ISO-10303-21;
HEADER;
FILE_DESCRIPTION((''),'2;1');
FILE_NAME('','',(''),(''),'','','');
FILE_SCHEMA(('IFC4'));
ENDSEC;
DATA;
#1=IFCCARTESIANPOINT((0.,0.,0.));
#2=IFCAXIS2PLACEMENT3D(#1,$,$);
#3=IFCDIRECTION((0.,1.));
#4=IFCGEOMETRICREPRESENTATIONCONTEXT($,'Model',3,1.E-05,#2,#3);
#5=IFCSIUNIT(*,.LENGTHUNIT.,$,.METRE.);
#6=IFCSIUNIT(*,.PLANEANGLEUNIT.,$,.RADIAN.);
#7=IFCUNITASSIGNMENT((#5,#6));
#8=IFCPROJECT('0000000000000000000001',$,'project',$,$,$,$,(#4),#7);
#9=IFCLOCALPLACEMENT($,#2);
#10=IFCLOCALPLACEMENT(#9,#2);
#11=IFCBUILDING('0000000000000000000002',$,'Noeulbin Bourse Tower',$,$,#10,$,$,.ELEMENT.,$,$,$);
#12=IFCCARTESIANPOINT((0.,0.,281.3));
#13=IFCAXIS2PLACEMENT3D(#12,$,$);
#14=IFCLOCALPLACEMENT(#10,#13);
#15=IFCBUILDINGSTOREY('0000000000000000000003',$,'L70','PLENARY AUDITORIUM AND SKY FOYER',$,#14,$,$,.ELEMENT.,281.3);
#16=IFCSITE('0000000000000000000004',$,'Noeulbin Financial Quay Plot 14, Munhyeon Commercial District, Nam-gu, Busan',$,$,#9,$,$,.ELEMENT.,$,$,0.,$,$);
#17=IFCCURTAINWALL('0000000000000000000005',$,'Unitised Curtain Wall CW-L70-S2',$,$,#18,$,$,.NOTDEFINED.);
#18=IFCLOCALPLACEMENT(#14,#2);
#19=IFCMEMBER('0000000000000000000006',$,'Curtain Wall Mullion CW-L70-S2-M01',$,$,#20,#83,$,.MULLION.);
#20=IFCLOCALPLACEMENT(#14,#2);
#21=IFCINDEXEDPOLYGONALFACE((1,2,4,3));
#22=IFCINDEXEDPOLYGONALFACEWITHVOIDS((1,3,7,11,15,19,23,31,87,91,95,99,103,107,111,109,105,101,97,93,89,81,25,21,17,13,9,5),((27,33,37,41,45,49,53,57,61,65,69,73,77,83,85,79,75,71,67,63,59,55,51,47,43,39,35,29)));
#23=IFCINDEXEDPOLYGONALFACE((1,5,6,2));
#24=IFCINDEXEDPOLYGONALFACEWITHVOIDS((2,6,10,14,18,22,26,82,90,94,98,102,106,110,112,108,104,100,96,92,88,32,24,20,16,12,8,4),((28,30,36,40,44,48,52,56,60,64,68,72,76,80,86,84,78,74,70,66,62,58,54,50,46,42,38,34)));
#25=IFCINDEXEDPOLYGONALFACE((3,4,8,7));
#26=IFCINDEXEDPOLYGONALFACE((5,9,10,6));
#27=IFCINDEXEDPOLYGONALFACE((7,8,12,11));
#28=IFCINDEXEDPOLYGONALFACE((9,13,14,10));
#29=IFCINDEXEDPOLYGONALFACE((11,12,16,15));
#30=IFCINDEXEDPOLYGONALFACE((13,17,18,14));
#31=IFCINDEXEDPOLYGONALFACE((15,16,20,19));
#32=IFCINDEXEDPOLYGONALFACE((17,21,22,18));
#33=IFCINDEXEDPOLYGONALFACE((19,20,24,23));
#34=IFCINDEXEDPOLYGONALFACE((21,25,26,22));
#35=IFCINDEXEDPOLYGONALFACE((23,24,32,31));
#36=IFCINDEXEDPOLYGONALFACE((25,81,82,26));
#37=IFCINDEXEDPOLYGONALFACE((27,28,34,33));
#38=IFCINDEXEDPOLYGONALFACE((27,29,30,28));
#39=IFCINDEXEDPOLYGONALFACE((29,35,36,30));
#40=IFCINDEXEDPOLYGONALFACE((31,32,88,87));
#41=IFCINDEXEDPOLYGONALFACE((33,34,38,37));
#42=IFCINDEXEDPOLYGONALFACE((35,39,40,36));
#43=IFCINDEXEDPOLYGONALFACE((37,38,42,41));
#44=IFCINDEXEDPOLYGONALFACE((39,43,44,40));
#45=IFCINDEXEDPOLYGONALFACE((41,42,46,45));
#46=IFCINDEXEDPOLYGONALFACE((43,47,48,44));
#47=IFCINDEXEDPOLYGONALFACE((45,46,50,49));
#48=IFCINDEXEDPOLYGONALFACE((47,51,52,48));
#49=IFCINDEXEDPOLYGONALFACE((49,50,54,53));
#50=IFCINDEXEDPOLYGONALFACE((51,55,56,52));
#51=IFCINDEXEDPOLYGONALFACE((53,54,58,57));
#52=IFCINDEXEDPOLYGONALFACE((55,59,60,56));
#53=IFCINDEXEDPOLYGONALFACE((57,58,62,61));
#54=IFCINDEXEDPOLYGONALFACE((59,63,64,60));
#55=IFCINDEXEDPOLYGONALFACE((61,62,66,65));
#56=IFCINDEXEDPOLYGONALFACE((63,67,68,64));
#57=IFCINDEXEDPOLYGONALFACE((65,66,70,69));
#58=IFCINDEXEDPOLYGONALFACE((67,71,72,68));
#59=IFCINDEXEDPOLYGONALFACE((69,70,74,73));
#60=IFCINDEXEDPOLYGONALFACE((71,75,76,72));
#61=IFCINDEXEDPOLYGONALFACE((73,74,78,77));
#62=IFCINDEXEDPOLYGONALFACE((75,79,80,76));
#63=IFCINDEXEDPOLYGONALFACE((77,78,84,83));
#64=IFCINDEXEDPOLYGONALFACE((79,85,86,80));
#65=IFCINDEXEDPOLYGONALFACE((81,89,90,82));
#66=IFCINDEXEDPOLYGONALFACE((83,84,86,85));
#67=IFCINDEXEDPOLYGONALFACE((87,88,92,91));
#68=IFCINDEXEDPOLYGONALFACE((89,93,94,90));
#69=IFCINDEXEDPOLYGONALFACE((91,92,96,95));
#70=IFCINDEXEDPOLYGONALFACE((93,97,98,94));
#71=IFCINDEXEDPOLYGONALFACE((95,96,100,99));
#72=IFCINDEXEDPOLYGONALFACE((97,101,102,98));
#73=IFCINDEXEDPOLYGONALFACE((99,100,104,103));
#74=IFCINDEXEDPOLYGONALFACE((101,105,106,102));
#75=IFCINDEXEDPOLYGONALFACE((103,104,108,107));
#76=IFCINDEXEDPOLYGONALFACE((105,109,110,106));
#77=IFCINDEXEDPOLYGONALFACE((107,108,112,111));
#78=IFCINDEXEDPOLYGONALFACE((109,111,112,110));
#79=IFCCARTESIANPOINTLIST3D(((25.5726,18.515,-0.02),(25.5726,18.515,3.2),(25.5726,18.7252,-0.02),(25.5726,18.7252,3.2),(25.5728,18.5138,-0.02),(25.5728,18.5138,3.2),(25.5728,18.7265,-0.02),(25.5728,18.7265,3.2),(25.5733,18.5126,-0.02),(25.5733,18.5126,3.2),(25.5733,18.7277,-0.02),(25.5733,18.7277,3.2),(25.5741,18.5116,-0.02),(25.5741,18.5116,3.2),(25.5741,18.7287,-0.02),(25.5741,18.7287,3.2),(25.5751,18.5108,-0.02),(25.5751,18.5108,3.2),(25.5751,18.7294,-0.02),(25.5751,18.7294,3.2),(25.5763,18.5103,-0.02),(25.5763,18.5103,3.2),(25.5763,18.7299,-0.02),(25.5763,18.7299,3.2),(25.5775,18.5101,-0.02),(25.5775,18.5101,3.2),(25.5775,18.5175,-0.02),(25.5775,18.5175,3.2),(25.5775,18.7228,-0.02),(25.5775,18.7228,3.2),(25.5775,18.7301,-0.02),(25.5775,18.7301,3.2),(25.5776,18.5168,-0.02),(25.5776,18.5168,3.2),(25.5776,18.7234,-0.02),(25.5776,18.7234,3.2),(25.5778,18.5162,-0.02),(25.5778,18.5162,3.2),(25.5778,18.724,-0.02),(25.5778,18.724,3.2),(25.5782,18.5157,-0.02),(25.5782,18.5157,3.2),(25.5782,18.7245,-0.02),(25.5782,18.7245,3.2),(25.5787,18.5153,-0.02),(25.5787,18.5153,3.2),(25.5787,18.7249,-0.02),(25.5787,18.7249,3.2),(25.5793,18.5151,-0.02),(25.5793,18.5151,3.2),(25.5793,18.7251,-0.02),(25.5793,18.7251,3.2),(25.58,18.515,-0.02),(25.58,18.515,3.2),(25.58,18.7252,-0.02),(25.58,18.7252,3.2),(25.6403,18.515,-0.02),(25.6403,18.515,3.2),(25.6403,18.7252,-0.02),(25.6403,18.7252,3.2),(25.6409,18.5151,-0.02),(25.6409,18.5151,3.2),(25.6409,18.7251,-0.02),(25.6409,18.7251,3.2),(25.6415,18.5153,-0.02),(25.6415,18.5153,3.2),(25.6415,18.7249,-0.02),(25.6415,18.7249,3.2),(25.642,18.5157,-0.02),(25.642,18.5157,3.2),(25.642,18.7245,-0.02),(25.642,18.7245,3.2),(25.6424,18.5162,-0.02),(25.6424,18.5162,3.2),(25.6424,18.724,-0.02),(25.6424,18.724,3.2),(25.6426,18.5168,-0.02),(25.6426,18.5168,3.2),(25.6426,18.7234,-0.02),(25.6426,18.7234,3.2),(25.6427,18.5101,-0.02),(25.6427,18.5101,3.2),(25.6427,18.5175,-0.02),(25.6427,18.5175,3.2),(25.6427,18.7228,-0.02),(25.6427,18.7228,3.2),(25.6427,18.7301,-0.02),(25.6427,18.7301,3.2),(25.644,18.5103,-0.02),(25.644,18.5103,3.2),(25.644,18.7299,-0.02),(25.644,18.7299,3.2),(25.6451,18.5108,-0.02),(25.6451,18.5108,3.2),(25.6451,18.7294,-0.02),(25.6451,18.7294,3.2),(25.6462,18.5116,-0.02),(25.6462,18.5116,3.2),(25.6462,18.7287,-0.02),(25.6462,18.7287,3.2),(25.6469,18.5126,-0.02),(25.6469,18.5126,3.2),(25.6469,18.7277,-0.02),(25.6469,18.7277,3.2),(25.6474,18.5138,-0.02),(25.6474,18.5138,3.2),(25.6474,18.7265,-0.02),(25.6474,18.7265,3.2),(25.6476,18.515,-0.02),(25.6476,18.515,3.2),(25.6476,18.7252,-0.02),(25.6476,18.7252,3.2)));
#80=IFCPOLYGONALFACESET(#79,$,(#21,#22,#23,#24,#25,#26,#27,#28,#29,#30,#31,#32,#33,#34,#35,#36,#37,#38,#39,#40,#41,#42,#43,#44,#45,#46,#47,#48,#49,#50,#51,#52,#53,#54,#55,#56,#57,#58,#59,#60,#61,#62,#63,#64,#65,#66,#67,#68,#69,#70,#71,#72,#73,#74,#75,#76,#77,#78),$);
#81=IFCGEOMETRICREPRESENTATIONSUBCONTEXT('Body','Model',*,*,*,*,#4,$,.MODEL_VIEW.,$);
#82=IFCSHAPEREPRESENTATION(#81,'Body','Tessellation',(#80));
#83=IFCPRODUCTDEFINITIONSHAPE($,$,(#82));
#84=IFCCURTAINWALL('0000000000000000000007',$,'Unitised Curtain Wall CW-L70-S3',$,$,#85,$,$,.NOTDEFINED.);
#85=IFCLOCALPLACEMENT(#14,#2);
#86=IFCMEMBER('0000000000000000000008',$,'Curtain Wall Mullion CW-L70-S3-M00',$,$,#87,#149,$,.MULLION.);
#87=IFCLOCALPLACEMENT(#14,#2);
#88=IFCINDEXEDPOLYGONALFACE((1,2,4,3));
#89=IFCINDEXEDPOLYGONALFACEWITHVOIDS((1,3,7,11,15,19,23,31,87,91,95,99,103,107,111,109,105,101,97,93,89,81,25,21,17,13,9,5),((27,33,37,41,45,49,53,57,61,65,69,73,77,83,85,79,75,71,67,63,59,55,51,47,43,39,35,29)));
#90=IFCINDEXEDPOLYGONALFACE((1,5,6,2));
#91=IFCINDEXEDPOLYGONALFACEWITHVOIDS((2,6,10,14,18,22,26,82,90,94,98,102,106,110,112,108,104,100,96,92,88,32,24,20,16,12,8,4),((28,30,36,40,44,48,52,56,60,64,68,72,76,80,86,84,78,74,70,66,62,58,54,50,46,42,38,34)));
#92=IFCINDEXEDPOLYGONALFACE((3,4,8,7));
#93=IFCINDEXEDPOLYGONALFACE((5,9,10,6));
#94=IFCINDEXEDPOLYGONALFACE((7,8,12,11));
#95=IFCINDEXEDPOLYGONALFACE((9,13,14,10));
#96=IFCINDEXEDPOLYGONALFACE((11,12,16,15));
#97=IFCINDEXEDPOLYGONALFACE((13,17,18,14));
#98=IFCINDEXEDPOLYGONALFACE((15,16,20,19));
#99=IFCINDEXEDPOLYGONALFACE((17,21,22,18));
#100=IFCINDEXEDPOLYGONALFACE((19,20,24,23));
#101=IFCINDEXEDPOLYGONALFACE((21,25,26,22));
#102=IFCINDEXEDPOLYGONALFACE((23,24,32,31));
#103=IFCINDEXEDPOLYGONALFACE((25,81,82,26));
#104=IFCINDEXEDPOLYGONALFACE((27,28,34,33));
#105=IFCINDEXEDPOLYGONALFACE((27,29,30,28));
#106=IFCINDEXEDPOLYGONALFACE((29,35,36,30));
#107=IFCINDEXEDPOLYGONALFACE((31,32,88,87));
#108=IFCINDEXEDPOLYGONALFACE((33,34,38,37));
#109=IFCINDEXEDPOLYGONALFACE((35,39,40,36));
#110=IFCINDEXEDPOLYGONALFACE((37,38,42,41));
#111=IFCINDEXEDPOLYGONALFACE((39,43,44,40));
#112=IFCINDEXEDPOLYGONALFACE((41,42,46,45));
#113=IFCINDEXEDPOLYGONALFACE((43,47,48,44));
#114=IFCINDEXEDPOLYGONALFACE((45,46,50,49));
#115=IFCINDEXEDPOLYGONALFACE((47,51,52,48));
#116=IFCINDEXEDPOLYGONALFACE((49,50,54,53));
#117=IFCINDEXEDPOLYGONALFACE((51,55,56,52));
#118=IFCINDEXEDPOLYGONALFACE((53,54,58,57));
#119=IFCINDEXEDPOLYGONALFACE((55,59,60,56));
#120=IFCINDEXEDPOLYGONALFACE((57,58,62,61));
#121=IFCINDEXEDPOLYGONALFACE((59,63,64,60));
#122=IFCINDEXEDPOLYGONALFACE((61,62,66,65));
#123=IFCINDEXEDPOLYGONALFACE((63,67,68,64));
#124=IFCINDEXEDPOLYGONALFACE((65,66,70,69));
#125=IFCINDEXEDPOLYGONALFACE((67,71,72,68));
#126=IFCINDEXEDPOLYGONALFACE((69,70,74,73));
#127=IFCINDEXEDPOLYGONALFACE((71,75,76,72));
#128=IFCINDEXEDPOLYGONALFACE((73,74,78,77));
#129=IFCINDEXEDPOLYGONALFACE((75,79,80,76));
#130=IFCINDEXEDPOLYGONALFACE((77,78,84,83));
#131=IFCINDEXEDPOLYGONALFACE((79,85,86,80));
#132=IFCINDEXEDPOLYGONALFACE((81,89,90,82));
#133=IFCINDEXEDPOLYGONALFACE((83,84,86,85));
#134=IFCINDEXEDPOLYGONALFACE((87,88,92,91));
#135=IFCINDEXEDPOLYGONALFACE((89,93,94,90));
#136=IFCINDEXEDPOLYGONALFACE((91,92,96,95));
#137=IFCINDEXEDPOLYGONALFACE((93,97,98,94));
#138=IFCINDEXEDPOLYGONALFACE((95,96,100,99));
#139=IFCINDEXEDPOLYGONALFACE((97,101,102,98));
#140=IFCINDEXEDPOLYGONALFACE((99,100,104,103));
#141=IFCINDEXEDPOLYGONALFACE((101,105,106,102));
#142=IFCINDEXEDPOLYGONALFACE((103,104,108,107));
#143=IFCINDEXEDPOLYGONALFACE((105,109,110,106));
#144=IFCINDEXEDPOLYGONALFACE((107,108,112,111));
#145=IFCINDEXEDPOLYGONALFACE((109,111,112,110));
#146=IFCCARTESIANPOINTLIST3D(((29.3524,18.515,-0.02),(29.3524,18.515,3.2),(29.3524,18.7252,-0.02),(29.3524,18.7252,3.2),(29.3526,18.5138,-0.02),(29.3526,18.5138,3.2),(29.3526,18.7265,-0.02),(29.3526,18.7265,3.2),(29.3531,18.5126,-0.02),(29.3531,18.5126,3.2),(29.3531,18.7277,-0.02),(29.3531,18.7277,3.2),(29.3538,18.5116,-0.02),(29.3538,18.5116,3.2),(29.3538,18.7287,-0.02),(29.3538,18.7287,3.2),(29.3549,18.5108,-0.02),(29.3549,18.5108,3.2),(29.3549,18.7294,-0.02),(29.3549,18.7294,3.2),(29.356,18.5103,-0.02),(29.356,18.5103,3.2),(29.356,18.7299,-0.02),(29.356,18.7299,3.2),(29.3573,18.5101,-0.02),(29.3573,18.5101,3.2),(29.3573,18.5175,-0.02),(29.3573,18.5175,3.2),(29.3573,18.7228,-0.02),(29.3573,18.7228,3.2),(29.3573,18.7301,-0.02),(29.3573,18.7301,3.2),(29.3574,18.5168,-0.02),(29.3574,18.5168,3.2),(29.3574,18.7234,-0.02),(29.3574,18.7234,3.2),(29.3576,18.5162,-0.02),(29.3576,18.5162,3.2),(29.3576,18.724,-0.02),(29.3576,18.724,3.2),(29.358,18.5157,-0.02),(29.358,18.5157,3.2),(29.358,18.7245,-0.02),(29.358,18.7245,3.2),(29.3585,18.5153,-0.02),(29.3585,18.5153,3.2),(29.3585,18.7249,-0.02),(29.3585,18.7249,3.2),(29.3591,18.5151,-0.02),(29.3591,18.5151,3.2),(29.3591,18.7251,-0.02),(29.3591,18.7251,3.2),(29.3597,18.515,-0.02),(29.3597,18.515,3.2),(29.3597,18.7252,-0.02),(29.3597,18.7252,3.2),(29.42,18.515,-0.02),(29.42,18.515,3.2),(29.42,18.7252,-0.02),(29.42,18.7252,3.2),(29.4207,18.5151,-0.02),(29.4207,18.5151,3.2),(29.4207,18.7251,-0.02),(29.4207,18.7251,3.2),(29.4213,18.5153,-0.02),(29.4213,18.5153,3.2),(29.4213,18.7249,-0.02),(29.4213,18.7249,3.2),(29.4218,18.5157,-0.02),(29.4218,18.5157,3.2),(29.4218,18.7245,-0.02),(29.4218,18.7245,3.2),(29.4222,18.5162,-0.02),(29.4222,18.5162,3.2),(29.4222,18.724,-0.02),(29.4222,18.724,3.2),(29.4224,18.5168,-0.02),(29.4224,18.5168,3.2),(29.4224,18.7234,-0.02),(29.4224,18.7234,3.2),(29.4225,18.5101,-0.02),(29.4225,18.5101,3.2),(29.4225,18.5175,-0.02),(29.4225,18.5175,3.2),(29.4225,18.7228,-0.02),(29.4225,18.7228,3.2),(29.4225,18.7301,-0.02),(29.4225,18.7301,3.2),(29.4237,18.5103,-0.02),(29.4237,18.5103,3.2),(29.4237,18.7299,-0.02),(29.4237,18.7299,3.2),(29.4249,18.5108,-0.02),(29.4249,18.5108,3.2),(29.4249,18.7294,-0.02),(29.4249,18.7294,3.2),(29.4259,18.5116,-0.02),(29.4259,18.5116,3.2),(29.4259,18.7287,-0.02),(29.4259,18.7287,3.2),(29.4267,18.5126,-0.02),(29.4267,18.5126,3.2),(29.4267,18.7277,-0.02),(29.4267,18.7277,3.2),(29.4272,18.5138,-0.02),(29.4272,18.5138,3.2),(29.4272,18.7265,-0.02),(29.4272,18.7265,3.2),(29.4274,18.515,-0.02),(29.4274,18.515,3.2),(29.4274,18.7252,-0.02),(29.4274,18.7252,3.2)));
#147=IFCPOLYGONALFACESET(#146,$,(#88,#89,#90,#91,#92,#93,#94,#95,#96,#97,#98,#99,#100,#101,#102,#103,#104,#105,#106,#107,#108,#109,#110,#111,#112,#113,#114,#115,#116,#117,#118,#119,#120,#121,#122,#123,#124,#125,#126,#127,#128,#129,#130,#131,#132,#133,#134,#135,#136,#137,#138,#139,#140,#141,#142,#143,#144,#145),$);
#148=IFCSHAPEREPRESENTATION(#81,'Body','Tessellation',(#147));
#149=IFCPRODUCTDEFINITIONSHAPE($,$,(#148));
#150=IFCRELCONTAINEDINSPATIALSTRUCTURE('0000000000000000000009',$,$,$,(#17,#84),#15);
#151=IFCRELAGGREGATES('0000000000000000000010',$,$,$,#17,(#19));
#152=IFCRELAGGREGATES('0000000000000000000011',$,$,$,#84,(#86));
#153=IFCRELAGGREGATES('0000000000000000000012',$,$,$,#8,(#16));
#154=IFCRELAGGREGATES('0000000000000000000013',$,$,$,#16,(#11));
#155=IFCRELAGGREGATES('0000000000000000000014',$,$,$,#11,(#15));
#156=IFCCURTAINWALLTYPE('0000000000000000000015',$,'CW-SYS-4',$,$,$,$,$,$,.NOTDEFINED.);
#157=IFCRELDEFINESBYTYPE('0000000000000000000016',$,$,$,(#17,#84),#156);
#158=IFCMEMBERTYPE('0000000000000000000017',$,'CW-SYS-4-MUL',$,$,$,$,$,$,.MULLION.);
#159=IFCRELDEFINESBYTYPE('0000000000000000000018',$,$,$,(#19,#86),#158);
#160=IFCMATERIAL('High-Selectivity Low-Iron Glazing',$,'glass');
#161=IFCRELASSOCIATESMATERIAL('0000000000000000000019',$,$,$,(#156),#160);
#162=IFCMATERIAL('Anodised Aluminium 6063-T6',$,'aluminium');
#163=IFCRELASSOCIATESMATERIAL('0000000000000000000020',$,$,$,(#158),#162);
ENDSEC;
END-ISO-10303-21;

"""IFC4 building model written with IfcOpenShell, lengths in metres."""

from ifc_helpers import new_model, si_unit, direction, frame, origin, origin_2d, place, context, subcontext, project, spatial, hollow_rectangle, extrude, material, material_profile, profile_set, type_object, element, aggregate, save


model = new_model("IFC4")

# Units and contexts
model_context = context("Model", 3, precision=1e-05, world=origin(), true_north=direction((0.0, 1.0)))
body_context = subcontext(model_context, "Body", "Model", "MODEL_VIEW")
ifc_project = project(units=[si_unit("LENGTHUNIT", "METRE"), si_unit("PLANEANGLEUNIT", "RADIAN")], contexts=[model_context])

# Site, building, storey
site_placement = place(None, origin())
site = spatial("IfcSite", under=ifc_project, at=site_placement, Name="Noeulbin Financial Quay Plot 14, Munhyeon Commercial District, Nam-gu, Busan", CompositionType="ELEMENT", RefElevation=0.0)
building_placement = place(site_placement, origin())
building = spatial("IfcBuilding", under=site, at=building_placement, Name="Noeulbin Bourse Tower", CompositionType="ELEMENT")
storey_placement = place(building_placement, frame((0.0, 0.0, 281.3)))
storey = spatial("IfcBuildingStorey", under=building, at=storey_placement, Name="L70", Description="PLENARY AUDITORIUM AND SKY FOYER", CompositionType="ELEMENT", Elevation=281.3)

# Shared definitions
ifc_material_1 = material(Name="High-Selectivity Low-Iron Glazing", Category="glass")
curtain_wall_type = type_object("IfcCurtainWallType", Name="CW-SYS-4", PredefinedType="NOTDEFINED", material=ifc_material_1)
ifc_material_2 = material(Name="Anodised Aluminium 6063-T6", Category="aluminium")
ifc_material_profile_1 = material_profile(ifc_material_2, hollow_rectangle(XDim=0.075, YDim=0.22, WallThickness=0.0049, InnerFilletRadius=0.0024, OuterFilletRadius=0.0049, at=origin_2d()), Name="ALU-MULL-75x220x5", Category="LoadBearing")
ifc_profile_set_1 = profile_set([ifc_material_profile_1], Name="Anodised Aluminium 6063-T6")
member_type_1 = type_object("IfcMemberType", Name="CW-SYS-4-MUL", PredefinedType="MULLION", material=ifc_profile_set_1)

# Curtain walls, members
curtain_wall_1_placement = place(storey_placement, origin())
curtain_wall_1 = element("IfcCurtainWall", 1, at=curtain_wall_1_placement, inside=storey, type_object=curtain_wall_type, Name="Unitised Curtain Wall CW-L70-S2", PredefinedType="NOTDEFINED")
member_1_placement = place(storey_placement, frame((25.6101, 18.6201, -0.02), z_axis=(0.0, 0.0, 1.0), x_axis=(1.0, 0.0, 0.0)))
member_1 = element("IfcMember", 2, at=member_1_placement, type_object=member_type_1, Name="Curtain Wall Mullion CW-L70-S2-M01", PredefinedType="MULLION", context=body_context, shape_type="SweptSolid", body=[
    extrude(hollow_rectangle(XDim=0.075, YDim=0.22, WallThickness=0.0049, InnerFilletRadius=0.0024, OuterFilletRadius=0.0049, at=origin_2d()), origin(), (0.0, 0.0, 1.0), 3.22),
])
curtain_wall_2_placement = place(storey_placement, origin())
curtain_wall_2 = element("IfcCurtainWall", 3, at=curtain_wall_2_placement, inside=storey, type_object=curtain_wall_type, Name="Unitised Curtain Wall CW-L70-S3", PredefinedType="NOTDEFINED")
member_2_placement = place(storey_placement, frame((29.3899, 18.6201, -0.02), z_axis=(0.0, 0.0, 1.0), x_axis=(1.0, 0.0, 0.0)))
member_2 = element("IfcMember", 4, at=member_2_placement, type_object=member_type_1, Name="Curtain Wall Mullion CW-L70-S3-M00", PredefinedType="MULLION", context=body_context, shape_type="SweptSolid", body=[
    extrude(hollow_rectangle(XDim=0.075, YDim=0.22, WallThickness=0.0049, InnerFilletRadius=0.0024, OuterFilletRadius=0.0049, at=origin_2d()), origin(), (0.0, 0.0, 1.0), 3.22),
])

aggregate(curtain_wall_1, [member_1])
aggregate(curtain_wall_2, [member_2])

save(model, "model.ifc")
